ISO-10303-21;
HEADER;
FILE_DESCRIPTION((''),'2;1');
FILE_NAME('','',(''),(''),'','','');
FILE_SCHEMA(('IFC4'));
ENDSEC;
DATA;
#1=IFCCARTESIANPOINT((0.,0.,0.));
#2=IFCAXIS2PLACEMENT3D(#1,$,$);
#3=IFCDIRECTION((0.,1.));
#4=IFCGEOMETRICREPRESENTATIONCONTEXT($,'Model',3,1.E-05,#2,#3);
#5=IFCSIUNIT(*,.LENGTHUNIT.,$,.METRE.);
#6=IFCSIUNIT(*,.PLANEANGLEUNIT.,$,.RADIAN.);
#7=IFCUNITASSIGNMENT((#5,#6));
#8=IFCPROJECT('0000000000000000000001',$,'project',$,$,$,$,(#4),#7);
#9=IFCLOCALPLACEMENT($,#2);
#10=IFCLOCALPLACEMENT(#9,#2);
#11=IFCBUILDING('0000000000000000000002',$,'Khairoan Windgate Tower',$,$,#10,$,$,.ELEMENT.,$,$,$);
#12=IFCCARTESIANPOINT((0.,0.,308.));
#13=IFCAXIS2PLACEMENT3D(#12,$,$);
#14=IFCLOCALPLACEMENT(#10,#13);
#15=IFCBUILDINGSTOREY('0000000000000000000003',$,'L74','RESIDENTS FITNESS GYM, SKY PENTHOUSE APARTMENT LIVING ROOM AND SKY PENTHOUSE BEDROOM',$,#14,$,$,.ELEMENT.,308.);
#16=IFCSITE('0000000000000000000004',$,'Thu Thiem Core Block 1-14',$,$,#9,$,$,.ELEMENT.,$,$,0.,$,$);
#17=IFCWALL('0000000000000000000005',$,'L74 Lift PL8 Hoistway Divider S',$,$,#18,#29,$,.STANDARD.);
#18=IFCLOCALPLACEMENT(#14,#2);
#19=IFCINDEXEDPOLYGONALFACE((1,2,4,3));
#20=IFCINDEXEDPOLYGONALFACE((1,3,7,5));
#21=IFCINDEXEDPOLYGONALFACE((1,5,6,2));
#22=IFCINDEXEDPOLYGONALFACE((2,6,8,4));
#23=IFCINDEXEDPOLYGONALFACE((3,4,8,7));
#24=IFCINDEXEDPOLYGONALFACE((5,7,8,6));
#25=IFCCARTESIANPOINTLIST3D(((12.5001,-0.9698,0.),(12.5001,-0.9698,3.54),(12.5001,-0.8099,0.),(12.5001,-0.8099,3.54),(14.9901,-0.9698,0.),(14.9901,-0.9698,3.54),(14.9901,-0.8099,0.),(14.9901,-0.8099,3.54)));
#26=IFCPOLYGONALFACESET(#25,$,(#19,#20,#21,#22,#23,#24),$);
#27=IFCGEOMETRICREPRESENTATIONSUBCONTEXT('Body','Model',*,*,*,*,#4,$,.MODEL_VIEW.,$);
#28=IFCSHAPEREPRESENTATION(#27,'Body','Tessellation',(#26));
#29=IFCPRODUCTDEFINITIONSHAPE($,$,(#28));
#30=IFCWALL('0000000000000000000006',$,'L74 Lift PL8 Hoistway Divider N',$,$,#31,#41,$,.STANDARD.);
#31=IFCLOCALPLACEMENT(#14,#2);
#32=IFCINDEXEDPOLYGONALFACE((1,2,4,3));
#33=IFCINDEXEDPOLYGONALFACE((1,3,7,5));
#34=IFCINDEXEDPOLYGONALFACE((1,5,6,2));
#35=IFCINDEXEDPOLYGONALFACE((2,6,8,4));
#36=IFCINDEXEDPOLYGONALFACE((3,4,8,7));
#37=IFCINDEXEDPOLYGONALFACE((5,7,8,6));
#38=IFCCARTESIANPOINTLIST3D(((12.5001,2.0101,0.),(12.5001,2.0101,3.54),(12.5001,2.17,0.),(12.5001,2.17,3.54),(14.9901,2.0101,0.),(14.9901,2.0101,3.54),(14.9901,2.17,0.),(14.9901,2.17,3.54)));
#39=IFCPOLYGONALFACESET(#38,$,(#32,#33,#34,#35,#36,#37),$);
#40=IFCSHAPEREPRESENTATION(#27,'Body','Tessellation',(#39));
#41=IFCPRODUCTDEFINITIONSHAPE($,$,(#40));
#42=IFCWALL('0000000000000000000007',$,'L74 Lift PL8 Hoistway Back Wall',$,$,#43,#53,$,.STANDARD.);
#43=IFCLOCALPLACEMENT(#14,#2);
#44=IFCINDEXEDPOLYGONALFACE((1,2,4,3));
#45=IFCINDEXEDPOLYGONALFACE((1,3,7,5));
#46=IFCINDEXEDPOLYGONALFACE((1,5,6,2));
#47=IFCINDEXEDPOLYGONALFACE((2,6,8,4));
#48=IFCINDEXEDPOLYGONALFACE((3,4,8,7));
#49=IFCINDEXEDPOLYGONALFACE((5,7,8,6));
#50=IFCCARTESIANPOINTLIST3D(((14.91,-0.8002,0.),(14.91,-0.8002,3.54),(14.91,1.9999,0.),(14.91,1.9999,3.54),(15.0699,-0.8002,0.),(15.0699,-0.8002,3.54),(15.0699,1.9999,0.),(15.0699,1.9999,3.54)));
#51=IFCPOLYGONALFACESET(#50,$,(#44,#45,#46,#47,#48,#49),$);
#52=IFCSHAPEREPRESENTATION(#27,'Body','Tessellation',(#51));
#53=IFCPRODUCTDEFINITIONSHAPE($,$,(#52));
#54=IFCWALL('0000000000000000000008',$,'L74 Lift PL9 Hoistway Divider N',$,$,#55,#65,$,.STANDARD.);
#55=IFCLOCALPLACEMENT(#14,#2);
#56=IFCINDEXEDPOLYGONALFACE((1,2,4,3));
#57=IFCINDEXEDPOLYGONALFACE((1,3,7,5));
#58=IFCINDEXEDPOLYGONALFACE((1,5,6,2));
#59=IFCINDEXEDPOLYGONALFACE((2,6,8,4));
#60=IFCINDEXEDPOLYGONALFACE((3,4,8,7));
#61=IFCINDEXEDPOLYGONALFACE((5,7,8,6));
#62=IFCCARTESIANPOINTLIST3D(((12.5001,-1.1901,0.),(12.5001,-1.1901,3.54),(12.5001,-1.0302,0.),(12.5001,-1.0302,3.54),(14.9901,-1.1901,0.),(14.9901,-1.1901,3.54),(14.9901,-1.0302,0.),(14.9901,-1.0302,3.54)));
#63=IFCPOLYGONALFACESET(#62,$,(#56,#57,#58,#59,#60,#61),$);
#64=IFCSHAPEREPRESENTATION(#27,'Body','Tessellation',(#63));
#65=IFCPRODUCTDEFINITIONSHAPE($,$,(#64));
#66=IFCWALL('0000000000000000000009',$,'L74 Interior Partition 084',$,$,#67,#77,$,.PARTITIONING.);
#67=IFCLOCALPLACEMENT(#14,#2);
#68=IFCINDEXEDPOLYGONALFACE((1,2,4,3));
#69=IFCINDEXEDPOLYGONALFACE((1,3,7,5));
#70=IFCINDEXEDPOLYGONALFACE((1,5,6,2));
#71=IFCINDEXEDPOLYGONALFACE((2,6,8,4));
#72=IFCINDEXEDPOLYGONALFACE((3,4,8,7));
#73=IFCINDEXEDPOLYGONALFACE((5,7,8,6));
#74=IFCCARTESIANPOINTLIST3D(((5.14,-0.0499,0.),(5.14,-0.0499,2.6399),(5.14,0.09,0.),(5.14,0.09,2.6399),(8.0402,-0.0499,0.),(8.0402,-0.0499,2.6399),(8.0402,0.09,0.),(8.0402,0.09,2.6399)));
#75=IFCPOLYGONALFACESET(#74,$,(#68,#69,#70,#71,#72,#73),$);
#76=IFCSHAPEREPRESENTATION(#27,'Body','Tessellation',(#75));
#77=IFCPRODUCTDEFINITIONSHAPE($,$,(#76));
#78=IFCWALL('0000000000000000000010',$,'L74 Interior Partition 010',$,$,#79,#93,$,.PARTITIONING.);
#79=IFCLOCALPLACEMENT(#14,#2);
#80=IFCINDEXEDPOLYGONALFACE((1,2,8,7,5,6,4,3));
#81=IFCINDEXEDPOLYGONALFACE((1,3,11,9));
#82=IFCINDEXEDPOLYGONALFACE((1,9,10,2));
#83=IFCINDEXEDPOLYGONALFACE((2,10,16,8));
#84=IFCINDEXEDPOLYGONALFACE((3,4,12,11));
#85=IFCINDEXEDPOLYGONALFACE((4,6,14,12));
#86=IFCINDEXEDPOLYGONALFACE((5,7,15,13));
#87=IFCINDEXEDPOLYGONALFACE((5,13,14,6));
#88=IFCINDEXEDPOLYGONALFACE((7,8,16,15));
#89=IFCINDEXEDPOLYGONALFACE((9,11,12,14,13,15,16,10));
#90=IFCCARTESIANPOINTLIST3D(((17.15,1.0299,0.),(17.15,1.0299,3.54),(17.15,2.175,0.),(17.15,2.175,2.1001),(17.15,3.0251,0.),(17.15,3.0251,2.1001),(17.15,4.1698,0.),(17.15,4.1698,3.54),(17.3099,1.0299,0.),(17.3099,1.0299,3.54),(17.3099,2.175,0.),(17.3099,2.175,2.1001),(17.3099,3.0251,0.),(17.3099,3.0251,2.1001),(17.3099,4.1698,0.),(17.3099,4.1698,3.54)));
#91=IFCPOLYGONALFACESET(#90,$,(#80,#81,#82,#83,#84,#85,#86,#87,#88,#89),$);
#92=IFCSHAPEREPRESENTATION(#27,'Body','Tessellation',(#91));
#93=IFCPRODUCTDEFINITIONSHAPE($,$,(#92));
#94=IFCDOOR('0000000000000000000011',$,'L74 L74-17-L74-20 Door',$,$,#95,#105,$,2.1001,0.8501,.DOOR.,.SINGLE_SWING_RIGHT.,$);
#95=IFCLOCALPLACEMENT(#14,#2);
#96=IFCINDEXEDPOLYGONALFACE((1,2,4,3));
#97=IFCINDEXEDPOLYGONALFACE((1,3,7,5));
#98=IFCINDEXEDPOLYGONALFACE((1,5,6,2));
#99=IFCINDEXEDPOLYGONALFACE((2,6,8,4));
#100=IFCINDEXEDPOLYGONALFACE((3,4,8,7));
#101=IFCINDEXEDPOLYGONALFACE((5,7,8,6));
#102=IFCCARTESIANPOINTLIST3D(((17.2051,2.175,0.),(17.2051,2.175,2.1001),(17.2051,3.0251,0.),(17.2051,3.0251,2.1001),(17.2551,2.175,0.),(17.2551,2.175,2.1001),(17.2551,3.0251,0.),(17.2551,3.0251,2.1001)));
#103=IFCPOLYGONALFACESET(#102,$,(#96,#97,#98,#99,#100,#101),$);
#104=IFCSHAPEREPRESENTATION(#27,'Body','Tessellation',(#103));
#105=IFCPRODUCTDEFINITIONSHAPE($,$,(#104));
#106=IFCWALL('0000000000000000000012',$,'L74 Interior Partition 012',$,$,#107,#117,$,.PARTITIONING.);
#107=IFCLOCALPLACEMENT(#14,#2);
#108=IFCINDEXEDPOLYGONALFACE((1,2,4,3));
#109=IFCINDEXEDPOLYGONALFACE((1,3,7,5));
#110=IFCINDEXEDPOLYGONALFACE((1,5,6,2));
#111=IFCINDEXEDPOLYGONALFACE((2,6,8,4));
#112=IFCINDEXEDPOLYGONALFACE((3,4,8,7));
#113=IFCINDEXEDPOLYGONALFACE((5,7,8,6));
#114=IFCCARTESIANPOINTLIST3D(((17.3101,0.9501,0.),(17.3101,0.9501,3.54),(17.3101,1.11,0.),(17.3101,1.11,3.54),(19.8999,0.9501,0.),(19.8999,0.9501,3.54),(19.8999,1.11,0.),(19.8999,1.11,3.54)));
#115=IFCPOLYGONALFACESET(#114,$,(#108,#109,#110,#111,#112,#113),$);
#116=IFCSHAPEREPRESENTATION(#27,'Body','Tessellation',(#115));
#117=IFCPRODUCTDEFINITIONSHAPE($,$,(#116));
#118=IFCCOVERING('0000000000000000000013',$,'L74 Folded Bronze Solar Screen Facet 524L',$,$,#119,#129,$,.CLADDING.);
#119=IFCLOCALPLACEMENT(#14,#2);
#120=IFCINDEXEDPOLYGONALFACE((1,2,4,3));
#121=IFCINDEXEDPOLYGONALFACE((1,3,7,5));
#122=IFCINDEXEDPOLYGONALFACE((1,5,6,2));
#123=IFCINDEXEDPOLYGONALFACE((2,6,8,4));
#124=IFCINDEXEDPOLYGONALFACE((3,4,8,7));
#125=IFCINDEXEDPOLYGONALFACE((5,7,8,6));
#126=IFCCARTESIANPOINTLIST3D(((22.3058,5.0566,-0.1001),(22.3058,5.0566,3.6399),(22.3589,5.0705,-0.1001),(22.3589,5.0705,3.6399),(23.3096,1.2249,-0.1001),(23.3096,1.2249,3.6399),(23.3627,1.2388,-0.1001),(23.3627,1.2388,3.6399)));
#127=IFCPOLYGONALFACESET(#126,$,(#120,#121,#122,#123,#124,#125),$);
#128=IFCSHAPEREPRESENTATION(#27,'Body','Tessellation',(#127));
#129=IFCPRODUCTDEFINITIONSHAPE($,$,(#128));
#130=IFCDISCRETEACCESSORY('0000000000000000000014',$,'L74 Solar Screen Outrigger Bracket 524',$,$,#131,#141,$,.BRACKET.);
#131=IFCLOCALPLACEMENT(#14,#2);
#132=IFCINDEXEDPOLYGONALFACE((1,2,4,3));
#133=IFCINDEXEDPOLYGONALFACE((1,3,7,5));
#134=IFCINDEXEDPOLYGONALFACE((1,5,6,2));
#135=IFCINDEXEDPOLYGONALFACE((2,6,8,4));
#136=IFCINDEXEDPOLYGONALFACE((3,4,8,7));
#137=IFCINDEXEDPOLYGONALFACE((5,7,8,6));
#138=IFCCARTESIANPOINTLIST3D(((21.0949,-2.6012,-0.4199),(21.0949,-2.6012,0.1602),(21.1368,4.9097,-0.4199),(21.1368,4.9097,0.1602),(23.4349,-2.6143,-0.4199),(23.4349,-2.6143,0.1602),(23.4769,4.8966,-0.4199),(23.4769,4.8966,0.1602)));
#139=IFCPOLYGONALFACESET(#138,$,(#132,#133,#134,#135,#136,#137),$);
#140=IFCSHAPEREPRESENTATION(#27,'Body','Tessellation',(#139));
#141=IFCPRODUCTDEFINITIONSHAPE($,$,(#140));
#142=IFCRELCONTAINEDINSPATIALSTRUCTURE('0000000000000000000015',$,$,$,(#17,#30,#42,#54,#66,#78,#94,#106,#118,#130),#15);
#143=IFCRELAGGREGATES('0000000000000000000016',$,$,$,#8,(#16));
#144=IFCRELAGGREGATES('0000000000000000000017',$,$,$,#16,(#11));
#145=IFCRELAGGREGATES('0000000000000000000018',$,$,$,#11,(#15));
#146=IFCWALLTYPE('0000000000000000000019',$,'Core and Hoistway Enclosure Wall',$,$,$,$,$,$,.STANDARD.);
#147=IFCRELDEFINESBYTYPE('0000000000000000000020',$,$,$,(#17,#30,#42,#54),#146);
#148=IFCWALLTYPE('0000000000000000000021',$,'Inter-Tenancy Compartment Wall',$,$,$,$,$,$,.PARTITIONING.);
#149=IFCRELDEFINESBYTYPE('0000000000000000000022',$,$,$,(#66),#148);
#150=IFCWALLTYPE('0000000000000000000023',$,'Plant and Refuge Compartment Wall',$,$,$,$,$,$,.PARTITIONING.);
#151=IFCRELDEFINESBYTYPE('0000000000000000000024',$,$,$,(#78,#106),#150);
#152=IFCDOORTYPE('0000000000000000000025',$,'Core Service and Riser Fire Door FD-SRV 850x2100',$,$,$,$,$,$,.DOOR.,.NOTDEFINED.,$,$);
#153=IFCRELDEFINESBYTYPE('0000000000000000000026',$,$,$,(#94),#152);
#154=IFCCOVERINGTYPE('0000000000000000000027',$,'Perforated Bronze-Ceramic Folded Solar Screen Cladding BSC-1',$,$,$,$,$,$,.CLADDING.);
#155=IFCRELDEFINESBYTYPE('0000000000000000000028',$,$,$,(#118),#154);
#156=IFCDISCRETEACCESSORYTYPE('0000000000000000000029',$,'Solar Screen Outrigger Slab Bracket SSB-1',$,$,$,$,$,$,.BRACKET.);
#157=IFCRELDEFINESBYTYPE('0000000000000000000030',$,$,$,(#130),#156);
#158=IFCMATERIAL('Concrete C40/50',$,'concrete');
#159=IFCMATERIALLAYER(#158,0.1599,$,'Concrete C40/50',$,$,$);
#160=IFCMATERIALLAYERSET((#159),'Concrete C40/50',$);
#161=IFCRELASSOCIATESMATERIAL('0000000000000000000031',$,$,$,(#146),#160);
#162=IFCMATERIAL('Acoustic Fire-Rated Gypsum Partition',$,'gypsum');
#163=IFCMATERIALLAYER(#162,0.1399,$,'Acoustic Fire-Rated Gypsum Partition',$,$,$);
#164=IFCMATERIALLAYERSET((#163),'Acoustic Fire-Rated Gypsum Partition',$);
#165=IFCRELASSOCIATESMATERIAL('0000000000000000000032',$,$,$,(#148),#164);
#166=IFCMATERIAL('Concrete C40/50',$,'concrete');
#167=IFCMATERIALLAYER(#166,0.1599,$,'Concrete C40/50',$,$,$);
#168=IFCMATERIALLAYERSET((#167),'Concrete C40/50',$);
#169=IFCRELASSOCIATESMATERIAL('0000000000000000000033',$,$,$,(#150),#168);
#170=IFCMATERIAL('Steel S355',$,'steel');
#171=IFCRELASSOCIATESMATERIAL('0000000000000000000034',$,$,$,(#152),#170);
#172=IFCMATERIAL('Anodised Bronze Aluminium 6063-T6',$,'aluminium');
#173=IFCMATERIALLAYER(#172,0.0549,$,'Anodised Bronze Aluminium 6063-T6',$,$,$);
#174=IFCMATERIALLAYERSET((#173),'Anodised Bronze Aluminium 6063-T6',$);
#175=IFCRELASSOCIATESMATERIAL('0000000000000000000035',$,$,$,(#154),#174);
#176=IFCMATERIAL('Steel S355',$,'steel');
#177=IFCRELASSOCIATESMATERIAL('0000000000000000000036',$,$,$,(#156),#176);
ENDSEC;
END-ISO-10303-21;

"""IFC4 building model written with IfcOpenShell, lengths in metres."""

from ifc_helpers import new_model, si_unit, direction, frame, frame_2d, origin, origin_2d, place, context, subcontext, project, spatial, rectangle, extrude, material, layer, layer_set, type_object, element, fill, save


model = new_model("IFC4")

# Units and contexts
model_context = context("Model", 3, precision=1e-05, world=origin(), true_north=direction((0.0, 1.0)))
body_context = subcontext(model_context, "Body", "Model", "MODEL_VIEW")
ifc_project = project(units=[si_unit("LENGTHUNIT", "METRE"), si_unit("PLANEANGLEUNIT", "RADIAN")], contexts=[model_context])

# Site, building, storey
site_placement = place(None, origin())
site = spatial("IfcSite", under=ifc_project, at=site_placement, Name="Thu Thiem Core Block 1-14", CompositionType="ELEMENT", RefElevation=0.0)
building_placement = place(site_placement, origin())
building = spatial("IfcBuilding", under=site, at=building_placement, Name="Khairoan Windgate Tower", CompositionType="ELEMENT")
storey_placement = place(building_placement, frame((0.0, 0.0, 308.0)))
storey = spatial("IfcBuildingStorey", under=building, at=storey_placement, Name="L74", Description="RESIDENTS FITNESS GYM, SKY PENTHOUSE APARTMENT LIVING ROOM AND SKY PENTHOUSE BEDROOM", CompositionType="ELEMENT", Elevation=308.0)

# Walls
ifc_material_1 = material(Name="Concrete C40/50", Category="concrete")
ifc_layer_1 = layer(ifc_material_1, 0.1599, Name="Concrete C40/50")
ifc_layer_set_1 = layer_set([ifc_layer_1], Name="Concrete C40/50")
wall_type_1 = type_object("IfcWallType", Name="Core and Hoistway Enclosure Wall", PredefinedType="STANDARD", material=ifc_layer_set_1)
for number, where, z_axis, x_axis, name in (
    (1, (12.5, -0.8899, 0.0), (0.0, 0.0, 1.0), (1.0, 0.0, 0.0), "L74 Lift PL8 Hoistway Divider S"),
    (2, (12.5, 2.0901, 0.0), (0.0, 0.0, 1.0), (1.0, 0.0, 0.0), "L74 Lift PL8 Hoistway Divider N"),
):
    element("IfcWall", number, at=place(storey_placement, frame(where, z_axis=z_axis, x_axis=x_axis)), inside=storey, type_object=wall_type_1, Name=name, PredefinedType="STANDARD", context=body_context, shape_type="SweptSolid", body=[
        extrude(rectangle(XDim=2.49, YDim=0.1599, at=frame_2d((1.2451, 0.0))), origin(), (0.0, 0.0, 1.0), 3.54),
    ])
wall_1_placement = place(storey_placement, frame((14.99, -0.8, 0.0), z_axis=(0.0, 0.0, 1.0), x_axis=(0.0, 1.0, 0.0)))
element("IfcWall", 3, at=wall_1_placement, inside=storey, type_object=wall_type_1, Name="L74 Lift PL8 Hoistway Back Wall", PredefinedType="STANDARD", context=body_context, shape_type="SweptSolid", body=[
    extrude(rectangle(XDim=2.8, YDim=0.1599, at=frame_2d((1.3999, 0.0))), origin(), (0.0, 0.0, 1.0), 3.54),
])
wall_2_placement = place(storey_placement, frame((12.5, -1.1101, 0.0), z_axis=(0.0, 0.0, 1.0), x_axis=(1.0, 0.0, 0.0)))
element("IfcWall", 4, at=wall_2_placement, inside=storey, type_object=wall_type_1, Name="L74 Lift PL9 Hoistway Divider N", PredefinedType="STANDARD", context=body_context, shape_type="SweptSolid", body=[
    extrude(rectangle(XDim=2.49, YDim=0.1599, at=frame_2d((1.2451, 0.0))), origin(), (0.0, 0.0, 1.0), 3.54),
])
ifc_material_2 = material(Name="Acoustic Fire-Rated Gypsum Partition", Category="gypsum")
ifc_layer_2 = layer(ifc_material_2, 0.1399, Name="Acoustic Fire-Rated Gypsum Partition")
ifc_layer_set_2 = layer_set([ifc_layer_2], Name="Acoustic Fire-Rated Gypsum Partition")
wall_type_2 = type_object("IfcWallType", Name="Inter-Tenancy Compartment Wall", PredefinedType="PARTITIONING", material=ifc_layer_set_2)
wall_3_placement = place(storey_placement, frame((5.1399, 0.02, 0.0), z_axis=(0.0, 0.0, 1.0), x_axis=(1.0, 0.0, 0.0)))
element("IfcWall", 5, at=wall_3_placement, inside=storey, type_object=wall_type_2, Name="L74 Interior Partition 084", PredefinedType="PARTITIONING", context=body_context, shape_type="SweptSolid", body=[
    extrude(rectangle(XDim=2.9001, YDim=0.1399, at=frame_2d((1.4502, 0.0))), origin(), (0.0, 0.0, 1.0), 2.6399),
])

# Wall, opening, door
ifc_material_3 = material(Name="Concrete C40/50", Category="concrete")
ifc_layer_3 = layer(ifc_material_3, 0.1599, Name="Concrete C40/50")
ifc_layer_set_3 = layer_set([ifc_layer_3], Name="Concrete C40/50")
wall_type_3 = type_object("IfcWallType", Name="Plant and Refuge Compartment Wall", PredefinedType="PARTITIONING", material=ifc_layer_set_3)
wall_4_placement = place(storey_placement, frame((17.23, 1.03, 0.0), z_axis=(0.0, 0.0, 1.0), x_axis=(0.0, 1.0, 0.0)))
wall_4 = element("IfcWall", 6, at=wall_4_placement, inside=storey, type_object=wall_type_3, Name="L74 Interior Partition 010", PredefinedType="PARTITIONING", context=body_context, shape_type="SweptSolid", body=[
    extrude(rectangle(XDim=3.1399, YDim=0.1599, at=frame_2d((1.5698, 0.0))), origin(), (0.0, 0.0, 1.0), 3.54),
])
opening_placement = place(wall_4_placement, frame((1.145, 0.0, 0.0)))
opening = element("IfcOpeningElement", 7, at=opening_placement, cuts=wall_4, PredefinedType="OPENING", context=body_context, shape_type="SweptSolid", body=[
    extrude(rectangle(XDim=0.8501, YDim=2.1001, at=frame_2d((0.425, 1.05))), frame((0.0, 0.0898, 0.0), z_axis=(0.0, -1.0, 0.0), x_axis=(1.0, 0.0, 0.0)), (0.0, 0.0, 1.0), 0.1799),
])
ifc_material_4 = material(Name="Steel S355", Category="steel")
door_type = type_object("IfcDoorType", Name="Core Service and Riser Fire Door FD-SRV 850x2100", OperationType="NOTDEFINED", PredefinedType="DOOR", material=ifc_material_4)
door_placement = place(opening_placement, origin())
door = element("IfcDoor", 8, at=door_placement, inside=storey, type_object=door_type, Name="L74 L74-17-L74-20 Door", OperationType="SINGLE_SWING_RIGHT", OverallHeight=2.1001, OverallWidth=0.8501, PredefinedType="DOOR", context=body_context, shape_type="SweptSolid", body=[
    extrude(rectangle(XDim=0.8501, YDim=2.1001, at=frame_2d((0.425, 1.05))), frame((0.0, 0.0249, 0.0), z_axis=(0.0, -1.0, 0.0), x_axis=(1.0, 0.0, 0.0)), (0.0, 0.0, 1.0), 0.05),
])
fill(opening, door)

# Wall
wall_5_placement = place(storey_placement, frame((17.3101, 1.03, 0.0), z_axis=(0.0, 0.0, 1.0), x_axis=(1.0, 0.0, 0.0)))
element("IfcWall", 9, at=wall_5_placement, inside=storey, type_object=wall_type_3, Name="L74 Interior Partition 012", PredefinedType="PARTITIONING", context=body_context, shape_type="SweptSolid", body=[
    extrude(rectangle(XDim=2.5898, YDim=0.1599, at=frame_2d((1.2949, 0.0))), origin(), (0.0, 0.0, 1.0), 3.54),
])

# Covering
ifc_material_5 = material(Name="Anodised Bronze Aluminium 6063-T6", Category="aluminium")
ifc_layer_4 = layer(ifc_material_5, 0.0549, Name="Anodised Bronze Aluminium 6063-T6")
ifc_layer_set_4 = layer_set([ifc_layer_4], Name="Anodised Bronze Aluminium 6063-T6")
covering_type = type_object("IfcCoveringType", Name="Perforated Bronze-Ceramic Folded Solar Screen Cladding BSC-1", PredefinedType="CLADDING", material=ifc_layer_set_4)
covering_placement = place(storey_placement, frame((22.8342, 3.1477, -0.1001), z_axis=(0.0, 0.0, 1.0), x_axis=(0.25342, -0.967356, 0.0)))
element("IfcCovering", 10, at=covering_placement, inside=storey, type_object=covering_type, Name="L74 Folded Bronze Solar Screen Facet 524L", PredefinedType="CLADDING", context=body_context, shape_type="SweptSolid", body=[
    extrude(rectangle(XDim=3.9609, YDim=0.0549, at=origin_2d()), origin(), (0.0, 0.0, 1.0), 3.74),
])

# Discrete accessory
ifc_material_6 = material(Name="Steel S355", Category="steel")
discrete_accessory_type = type_object("IfcDiscreteAccessoryType", Name="Solar Screen Outrigger Slab Bracket SSB-1", PredefinedType="BRACKET", material=ifc_material_6)
discrete_accessory_placement = place(storey_placement, frame((22.2859, 1.1477, -0.4199), z_axis=(0.0, 0.0, 1.0), x_axis=(-0.005585, -0.999984, 0.0)))
element("IfcDiscreteAccessory", 11, at=discrete_accessory_placement, inside=storey, type_object=discrete_accessory_type, Name="L74 Solar Screen Outrigger Bracket 524", PredefinedType="BRACKET", context=body_context, shape_type="SweptSolid", body=[
    extrude(rectangle(XDim=7.511, YDim=2.3401, at=origin_2d()), origin(), (0.0, 0.0, 1.0), 0.5801),
])

save(model, "model.ifc")
